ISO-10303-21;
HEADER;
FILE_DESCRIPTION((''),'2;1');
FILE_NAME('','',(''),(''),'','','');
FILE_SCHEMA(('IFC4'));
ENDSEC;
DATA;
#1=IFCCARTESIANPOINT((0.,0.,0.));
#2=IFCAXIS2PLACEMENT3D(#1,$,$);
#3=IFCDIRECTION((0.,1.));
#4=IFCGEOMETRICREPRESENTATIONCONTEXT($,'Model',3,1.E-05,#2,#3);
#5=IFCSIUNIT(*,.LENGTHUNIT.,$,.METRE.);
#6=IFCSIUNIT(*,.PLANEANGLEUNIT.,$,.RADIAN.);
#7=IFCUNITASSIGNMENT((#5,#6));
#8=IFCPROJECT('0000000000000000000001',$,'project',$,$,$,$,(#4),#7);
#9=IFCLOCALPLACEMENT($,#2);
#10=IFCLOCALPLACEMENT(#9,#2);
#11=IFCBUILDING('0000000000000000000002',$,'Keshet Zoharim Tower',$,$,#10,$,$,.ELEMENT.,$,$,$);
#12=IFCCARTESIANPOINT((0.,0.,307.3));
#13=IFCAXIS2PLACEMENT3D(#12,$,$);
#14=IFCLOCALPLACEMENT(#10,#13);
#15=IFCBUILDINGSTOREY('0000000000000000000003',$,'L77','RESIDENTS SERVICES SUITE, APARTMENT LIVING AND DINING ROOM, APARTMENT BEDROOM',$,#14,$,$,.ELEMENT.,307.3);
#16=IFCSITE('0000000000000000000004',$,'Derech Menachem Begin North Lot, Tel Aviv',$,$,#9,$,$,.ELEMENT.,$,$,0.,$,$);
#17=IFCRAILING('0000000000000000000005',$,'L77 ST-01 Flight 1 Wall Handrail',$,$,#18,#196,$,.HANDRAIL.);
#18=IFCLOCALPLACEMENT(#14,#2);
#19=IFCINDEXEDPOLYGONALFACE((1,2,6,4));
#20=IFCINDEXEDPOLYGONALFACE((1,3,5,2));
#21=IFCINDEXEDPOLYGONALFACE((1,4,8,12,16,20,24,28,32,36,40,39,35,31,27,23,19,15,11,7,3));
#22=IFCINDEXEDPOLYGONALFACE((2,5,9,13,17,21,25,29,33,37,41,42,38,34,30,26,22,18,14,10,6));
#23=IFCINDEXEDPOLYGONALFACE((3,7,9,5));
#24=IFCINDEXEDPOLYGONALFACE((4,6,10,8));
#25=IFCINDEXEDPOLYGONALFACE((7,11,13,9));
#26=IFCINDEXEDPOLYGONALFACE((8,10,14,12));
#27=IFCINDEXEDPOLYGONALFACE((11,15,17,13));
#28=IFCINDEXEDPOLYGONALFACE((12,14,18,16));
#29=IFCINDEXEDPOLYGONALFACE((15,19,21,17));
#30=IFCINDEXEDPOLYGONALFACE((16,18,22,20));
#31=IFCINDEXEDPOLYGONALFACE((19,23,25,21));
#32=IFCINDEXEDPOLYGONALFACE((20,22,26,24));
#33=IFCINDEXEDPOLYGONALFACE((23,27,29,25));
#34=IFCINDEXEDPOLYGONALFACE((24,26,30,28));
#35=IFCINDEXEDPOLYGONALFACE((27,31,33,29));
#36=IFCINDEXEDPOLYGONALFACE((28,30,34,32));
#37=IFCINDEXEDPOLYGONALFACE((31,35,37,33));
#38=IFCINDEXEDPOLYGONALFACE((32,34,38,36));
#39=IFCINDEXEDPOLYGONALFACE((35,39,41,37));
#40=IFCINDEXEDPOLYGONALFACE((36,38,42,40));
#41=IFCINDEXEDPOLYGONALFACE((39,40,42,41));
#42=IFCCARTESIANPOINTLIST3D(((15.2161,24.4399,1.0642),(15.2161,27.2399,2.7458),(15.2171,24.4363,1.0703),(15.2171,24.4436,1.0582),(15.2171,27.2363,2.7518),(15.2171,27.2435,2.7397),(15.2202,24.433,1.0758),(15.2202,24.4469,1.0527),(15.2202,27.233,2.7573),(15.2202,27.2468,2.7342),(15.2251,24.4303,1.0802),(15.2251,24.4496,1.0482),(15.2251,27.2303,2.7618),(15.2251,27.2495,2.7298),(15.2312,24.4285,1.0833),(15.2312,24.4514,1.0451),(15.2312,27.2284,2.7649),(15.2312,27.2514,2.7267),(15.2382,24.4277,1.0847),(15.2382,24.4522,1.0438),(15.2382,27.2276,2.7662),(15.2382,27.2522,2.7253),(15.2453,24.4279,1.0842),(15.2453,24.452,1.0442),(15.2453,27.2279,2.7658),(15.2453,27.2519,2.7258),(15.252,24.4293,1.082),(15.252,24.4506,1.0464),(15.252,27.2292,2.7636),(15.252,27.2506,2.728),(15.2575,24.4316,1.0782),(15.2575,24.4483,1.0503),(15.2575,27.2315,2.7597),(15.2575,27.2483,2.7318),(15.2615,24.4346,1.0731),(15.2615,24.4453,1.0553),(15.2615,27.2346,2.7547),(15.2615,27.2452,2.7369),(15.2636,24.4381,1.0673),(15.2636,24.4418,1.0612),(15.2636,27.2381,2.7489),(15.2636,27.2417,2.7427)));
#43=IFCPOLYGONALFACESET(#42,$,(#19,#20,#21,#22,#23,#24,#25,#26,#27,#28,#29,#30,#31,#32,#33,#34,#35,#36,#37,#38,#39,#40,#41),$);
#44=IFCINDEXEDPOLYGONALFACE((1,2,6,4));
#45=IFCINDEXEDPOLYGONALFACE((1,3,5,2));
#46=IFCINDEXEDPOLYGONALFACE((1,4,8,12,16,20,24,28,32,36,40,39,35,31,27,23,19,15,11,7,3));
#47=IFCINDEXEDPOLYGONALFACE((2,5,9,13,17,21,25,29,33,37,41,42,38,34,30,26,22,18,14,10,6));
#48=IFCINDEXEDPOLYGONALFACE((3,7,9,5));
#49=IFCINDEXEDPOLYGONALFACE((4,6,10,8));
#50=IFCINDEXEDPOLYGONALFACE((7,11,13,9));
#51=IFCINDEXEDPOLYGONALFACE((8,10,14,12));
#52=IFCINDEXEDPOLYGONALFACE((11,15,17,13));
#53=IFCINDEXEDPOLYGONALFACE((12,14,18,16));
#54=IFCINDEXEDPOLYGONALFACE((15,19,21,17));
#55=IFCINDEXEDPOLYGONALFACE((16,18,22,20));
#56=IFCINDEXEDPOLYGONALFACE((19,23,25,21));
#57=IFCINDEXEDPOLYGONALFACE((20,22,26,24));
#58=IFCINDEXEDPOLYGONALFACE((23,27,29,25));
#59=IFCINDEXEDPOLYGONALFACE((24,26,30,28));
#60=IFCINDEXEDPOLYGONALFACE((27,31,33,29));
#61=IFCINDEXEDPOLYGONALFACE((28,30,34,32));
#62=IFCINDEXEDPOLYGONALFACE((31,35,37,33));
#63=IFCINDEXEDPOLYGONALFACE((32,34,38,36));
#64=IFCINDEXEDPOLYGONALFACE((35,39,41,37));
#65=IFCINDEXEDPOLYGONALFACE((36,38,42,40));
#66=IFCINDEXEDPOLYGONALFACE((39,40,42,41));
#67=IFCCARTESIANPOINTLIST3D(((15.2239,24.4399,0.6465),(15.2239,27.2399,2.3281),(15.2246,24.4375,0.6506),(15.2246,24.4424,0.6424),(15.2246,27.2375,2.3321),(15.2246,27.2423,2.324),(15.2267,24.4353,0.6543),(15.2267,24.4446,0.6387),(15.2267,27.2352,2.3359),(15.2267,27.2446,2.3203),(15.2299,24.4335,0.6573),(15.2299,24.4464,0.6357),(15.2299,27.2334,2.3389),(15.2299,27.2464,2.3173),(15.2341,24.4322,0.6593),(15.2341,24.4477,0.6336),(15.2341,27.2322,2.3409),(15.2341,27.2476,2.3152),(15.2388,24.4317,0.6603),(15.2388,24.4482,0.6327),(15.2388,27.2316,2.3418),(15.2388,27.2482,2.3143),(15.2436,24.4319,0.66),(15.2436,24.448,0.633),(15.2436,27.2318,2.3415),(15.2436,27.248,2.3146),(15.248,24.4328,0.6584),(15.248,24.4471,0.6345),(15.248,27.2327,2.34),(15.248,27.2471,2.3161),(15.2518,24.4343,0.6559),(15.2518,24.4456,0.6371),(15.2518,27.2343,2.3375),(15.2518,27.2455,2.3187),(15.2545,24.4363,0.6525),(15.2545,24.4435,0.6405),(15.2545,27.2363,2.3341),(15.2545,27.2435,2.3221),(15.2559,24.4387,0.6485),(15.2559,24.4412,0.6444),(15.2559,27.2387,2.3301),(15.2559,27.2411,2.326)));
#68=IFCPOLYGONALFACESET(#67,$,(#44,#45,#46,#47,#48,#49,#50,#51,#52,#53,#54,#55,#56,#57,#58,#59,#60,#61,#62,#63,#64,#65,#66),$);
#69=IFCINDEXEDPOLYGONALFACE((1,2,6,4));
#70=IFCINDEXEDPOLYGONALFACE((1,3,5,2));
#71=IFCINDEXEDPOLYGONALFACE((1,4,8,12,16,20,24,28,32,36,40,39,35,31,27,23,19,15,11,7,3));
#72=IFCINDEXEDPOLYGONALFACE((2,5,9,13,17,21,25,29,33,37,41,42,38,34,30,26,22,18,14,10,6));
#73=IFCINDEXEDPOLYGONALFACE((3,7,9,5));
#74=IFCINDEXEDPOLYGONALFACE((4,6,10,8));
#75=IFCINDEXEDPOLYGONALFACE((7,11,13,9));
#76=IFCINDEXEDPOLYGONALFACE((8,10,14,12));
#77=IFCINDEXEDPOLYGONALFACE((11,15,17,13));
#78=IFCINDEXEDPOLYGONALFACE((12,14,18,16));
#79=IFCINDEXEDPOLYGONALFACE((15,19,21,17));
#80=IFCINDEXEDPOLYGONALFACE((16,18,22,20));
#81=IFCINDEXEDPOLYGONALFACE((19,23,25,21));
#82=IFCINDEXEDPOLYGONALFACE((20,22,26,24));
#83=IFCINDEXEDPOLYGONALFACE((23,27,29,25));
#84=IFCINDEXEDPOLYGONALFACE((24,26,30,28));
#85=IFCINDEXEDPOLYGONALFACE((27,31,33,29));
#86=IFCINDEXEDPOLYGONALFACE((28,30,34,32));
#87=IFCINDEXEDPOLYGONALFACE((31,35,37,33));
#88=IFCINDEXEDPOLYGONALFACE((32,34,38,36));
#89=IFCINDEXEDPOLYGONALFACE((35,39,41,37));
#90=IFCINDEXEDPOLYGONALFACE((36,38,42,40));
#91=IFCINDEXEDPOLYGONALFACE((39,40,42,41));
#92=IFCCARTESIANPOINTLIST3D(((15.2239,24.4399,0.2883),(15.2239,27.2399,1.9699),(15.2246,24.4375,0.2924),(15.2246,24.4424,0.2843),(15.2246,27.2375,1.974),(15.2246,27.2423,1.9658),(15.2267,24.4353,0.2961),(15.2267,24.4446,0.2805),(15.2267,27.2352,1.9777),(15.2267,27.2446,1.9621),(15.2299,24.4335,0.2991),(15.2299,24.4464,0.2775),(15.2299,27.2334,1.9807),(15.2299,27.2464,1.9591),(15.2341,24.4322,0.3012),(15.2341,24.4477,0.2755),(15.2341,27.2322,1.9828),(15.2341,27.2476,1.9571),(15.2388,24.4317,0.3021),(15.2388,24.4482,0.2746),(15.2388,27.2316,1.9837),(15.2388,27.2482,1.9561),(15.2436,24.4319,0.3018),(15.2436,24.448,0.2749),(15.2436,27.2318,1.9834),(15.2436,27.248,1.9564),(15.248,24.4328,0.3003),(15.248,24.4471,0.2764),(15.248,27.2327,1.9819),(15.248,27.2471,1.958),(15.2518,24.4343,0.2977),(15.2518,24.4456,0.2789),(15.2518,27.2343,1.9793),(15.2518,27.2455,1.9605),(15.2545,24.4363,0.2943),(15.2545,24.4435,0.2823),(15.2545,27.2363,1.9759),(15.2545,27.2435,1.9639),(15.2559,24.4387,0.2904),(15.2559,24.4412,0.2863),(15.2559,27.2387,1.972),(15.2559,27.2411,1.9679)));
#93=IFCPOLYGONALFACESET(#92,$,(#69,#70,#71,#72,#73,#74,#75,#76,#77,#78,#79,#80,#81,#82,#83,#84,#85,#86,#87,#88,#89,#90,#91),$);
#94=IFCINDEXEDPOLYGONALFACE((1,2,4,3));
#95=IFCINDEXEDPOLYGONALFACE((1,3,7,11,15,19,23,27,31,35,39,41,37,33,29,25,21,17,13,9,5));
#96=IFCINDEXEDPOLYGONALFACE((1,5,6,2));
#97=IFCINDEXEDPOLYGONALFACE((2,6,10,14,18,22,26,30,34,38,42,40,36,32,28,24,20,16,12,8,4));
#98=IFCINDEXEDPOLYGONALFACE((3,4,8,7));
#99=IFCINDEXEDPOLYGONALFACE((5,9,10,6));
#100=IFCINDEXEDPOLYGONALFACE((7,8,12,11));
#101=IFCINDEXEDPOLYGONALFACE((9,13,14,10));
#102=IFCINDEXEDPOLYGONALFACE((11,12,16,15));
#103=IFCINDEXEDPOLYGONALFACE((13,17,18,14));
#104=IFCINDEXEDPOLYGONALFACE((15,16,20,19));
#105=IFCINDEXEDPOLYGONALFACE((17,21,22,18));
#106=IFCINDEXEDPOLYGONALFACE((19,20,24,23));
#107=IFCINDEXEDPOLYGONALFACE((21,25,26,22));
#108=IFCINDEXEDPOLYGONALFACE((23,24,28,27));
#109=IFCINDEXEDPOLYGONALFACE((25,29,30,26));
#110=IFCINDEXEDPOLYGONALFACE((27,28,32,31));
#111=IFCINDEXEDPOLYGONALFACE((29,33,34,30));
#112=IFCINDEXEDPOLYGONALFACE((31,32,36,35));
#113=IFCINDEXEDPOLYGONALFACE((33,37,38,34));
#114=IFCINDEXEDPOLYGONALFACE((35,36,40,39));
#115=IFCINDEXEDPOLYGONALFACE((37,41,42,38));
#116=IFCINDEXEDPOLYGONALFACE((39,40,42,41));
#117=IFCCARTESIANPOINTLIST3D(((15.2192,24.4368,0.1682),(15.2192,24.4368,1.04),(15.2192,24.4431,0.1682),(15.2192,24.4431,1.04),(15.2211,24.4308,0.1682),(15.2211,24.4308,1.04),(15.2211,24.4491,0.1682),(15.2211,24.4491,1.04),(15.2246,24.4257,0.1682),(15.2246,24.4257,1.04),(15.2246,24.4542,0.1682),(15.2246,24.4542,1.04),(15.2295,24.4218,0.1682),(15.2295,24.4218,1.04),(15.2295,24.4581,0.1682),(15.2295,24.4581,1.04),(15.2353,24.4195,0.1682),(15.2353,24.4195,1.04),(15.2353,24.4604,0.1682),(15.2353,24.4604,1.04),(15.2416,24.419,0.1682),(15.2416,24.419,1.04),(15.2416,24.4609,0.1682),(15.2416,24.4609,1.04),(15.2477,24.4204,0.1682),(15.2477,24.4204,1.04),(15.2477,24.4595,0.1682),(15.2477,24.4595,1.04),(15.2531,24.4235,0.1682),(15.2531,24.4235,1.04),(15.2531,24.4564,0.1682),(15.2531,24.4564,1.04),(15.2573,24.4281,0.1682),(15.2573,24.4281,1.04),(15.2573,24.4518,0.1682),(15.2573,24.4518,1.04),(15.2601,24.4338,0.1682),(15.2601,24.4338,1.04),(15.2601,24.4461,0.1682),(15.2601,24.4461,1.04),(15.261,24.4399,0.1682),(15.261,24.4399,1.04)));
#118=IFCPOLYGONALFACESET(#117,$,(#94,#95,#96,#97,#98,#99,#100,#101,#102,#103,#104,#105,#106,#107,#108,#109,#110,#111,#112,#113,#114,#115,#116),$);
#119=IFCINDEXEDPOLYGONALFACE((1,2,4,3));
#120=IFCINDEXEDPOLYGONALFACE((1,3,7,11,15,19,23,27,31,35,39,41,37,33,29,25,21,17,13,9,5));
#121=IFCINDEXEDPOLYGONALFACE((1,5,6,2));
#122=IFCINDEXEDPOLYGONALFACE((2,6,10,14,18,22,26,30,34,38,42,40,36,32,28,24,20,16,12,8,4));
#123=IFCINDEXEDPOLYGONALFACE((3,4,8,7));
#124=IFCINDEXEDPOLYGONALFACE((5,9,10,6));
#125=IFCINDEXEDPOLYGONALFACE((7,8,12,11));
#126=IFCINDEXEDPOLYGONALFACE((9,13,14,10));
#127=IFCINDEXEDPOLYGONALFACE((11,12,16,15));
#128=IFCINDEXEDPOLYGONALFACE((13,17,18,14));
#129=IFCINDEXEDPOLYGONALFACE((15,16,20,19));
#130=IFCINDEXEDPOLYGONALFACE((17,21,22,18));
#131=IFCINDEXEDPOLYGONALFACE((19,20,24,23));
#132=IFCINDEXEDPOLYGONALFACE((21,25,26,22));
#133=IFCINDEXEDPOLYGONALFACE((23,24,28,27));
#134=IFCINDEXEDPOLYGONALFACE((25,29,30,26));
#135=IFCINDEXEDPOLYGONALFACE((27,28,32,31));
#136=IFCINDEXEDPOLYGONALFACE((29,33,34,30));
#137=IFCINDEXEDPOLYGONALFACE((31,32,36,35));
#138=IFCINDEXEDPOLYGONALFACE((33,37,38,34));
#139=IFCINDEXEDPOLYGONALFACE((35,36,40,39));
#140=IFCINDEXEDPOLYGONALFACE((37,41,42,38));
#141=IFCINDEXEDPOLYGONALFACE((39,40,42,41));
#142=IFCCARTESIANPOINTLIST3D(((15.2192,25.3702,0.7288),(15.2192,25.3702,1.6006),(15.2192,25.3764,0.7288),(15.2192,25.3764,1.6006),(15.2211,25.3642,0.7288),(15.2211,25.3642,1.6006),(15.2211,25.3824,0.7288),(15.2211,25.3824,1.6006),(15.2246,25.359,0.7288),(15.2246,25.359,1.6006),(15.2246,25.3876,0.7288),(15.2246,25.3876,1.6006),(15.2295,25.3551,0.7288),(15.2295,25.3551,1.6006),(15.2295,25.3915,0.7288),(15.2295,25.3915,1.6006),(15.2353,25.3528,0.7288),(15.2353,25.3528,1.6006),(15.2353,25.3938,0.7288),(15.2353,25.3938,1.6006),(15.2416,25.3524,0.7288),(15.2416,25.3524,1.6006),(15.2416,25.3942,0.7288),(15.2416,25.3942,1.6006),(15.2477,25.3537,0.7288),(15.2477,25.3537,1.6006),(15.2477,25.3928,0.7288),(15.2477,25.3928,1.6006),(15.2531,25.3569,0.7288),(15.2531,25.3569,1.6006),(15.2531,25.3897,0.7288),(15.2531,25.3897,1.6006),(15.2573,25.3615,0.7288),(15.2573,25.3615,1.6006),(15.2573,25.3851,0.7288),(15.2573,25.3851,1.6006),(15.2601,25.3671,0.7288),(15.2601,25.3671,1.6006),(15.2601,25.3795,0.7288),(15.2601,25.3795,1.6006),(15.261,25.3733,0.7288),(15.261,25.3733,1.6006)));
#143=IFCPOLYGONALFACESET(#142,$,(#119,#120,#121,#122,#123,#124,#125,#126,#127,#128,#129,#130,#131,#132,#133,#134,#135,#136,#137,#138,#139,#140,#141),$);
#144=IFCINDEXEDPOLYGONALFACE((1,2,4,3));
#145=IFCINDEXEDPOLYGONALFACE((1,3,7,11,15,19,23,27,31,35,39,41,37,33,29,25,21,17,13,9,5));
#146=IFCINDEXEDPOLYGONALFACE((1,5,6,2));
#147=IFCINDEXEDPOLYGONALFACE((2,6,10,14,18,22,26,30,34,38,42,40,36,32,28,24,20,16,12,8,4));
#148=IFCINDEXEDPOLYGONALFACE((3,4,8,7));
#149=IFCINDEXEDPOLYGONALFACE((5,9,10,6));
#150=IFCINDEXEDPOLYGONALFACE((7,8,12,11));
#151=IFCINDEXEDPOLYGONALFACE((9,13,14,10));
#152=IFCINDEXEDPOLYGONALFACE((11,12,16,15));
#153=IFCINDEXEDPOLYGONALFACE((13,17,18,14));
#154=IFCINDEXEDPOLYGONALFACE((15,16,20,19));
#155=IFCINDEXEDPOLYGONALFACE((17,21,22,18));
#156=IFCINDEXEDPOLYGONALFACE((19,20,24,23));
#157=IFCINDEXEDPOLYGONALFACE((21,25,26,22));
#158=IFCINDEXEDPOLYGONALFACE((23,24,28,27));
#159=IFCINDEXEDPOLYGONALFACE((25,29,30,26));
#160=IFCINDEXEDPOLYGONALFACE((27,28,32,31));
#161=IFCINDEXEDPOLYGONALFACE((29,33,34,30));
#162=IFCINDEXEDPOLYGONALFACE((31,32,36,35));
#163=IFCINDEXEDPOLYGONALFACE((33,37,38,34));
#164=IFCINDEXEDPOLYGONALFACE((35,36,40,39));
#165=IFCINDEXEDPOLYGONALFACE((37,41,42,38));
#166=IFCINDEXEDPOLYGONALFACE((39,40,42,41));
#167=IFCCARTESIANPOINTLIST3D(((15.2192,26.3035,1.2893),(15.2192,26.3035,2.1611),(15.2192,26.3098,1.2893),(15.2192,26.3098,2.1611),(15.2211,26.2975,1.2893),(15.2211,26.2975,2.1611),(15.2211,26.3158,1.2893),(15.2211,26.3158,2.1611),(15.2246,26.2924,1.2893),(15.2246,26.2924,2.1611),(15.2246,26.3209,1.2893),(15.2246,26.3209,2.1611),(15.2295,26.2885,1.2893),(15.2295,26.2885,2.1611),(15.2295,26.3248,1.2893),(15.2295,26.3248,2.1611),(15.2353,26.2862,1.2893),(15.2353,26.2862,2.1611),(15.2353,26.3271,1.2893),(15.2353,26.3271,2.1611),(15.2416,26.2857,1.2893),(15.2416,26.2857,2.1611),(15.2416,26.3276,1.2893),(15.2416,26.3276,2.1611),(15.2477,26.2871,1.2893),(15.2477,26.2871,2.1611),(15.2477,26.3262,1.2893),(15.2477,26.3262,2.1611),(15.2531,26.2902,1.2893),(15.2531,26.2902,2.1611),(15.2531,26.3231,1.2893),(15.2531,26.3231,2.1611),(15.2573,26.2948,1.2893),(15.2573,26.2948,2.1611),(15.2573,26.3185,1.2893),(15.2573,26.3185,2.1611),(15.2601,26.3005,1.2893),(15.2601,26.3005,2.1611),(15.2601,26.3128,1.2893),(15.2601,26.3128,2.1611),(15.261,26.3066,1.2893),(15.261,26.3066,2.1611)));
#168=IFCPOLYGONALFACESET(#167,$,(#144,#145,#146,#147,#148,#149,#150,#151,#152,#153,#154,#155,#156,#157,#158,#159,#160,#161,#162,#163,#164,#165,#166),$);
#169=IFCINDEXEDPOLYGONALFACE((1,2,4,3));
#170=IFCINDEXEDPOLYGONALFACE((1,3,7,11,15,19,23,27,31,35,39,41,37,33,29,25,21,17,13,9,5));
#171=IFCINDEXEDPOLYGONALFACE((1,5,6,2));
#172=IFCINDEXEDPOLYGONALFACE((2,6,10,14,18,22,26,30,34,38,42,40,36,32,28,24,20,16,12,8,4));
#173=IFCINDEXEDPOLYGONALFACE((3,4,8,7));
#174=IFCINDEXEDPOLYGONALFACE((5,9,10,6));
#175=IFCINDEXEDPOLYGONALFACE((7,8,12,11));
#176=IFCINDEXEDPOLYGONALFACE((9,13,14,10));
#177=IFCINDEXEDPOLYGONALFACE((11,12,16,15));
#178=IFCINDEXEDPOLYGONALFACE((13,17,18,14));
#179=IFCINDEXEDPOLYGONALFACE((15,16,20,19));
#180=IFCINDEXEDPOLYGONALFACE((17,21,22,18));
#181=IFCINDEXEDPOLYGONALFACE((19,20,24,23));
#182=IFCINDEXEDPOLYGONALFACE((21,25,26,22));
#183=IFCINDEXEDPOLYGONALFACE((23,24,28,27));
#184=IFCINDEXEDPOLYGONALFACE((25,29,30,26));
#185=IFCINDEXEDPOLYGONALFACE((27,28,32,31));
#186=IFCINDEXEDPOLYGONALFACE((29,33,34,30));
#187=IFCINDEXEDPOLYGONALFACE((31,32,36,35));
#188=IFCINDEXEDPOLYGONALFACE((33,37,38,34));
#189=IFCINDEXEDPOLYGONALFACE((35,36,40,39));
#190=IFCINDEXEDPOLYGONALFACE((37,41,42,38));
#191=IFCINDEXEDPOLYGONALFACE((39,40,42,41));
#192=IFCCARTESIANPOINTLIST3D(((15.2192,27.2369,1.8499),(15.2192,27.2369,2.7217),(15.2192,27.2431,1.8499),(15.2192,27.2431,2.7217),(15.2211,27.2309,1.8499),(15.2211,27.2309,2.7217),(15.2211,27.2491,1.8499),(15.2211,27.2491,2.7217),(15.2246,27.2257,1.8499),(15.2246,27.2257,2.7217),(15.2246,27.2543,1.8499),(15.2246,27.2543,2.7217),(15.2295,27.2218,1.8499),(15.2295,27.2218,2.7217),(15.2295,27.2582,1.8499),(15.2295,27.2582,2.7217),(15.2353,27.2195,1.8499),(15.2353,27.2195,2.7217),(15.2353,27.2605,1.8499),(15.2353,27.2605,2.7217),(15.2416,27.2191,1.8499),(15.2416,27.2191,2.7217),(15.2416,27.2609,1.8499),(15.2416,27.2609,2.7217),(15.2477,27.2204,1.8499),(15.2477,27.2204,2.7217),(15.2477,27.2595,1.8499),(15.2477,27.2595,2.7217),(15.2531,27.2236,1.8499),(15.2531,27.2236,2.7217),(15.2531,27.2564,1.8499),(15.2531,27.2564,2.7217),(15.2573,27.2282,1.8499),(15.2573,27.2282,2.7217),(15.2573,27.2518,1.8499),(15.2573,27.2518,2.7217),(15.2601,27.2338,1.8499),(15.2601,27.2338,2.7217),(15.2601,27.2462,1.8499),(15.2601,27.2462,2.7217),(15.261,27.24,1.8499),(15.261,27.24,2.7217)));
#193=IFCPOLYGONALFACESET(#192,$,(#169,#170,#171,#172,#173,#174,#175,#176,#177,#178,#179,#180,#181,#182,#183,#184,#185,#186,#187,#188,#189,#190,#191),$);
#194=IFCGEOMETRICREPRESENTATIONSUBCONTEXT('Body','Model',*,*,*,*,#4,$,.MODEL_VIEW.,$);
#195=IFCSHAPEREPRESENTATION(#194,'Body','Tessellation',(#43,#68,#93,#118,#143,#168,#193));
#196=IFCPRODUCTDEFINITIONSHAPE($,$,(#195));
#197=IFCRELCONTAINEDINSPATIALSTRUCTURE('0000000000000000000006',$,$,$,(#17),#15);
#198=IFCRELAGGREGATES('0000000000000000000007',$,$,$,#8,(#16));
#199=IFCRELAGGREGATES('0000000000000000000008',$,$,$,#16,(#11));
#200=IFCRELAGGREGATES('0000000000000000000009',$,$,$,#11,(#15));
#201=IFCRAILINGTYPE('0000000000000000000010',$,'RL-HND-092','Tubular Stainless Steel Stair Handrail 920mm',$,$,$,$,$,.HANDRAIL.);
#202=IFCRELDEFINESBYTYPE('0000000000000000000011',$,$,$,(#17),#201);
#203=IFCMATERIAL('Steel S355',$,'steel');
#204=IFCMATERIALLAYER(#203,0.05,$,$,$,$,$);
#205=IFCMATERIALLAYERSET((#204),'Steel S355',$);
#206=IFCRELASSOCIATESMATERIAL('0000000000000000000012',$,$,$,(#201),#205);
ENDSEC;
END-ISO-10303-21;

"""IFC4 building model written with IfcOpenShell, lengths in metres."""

from ifc_helpers import new_model, si_unit, direction, frame, origin, origin_2d, place, context, subcontext, project, spatial, circle, extrude, material, layer, layer_set, type_object, element, save


model = new_model("IFC4")

# Units and contexts
model_context = context("Model", 3, precision=1e-05, world=origin(), true_north=direction((0.0, 1.0)))
body_context = subcontext(model_context, "Body", "Model", "MODEL_VIEW")
ifc_project = project(units=[si_unit("LENGTHUNIT", "METRE"), si_unit("PLANEANGLEUNIT", "RADIAN")], contexts=[model_context])

# Site, building, storey
site_placement = place(None, origin())
site = spatial("IfcSite", under=ifc_project, at=site_placement, Name="Derech Menachem Begin North Lot, Tel Aviv", CompositionType="ELEMENT", RefElevation=0.0)
building_placement = place(site_placement, origin())
building = spatial("IfcBuilding", under=site, at=building_placement, Name="Keshet Zoharim Tower", CompositionType="ELEMENT")
storey_placement = place(building_placement, frame((0.0, 0.0, 307.3)))
storey = spatial("IfcBuildingStorey", under=building, at=storey_placement, Name="L77", Description="RESIDENTS SERVICES SUITE, APARTMENT LIVING AND DINING ROOM, APARTMENT BEDROOM", CompositionType="ELEMENT", Elevation=307.3)

# Shared definitions
ifc_material_1 = material(Name="Steel S355", Category="steel")

# Railing
ifc_layer_1 = layer(ifc_material_1, 0.05)
ifc_layer_set_1 = layer_set([ifc_layer_1], Name="Steel S355")
railing_type_1 = type_object("IfcRailingType", Name="RL-HND-092", Description="Tubular Stainless Steel Stair Handrail 920mm", PredefinedType="HANDRAIL", material=ifc_layer_set_1)
railing_1_placement = place(storey_placement, frame((15.24, 24.4399, 0.1682)))
element("IfcRailing", 1, at=railing_1_placement, inside=storey, type_object=railing_type_1, Name="L77 ST-01 Flight 1 Wall Handrail", PredefinedType="HANDRAIL", context=body_context, shape_type="SweptSolid", body=[
    extrude(circle(Radius=0.0239, at=origin_2d()), frame((0.0, 0.0, 0.896), z_axis=(0.0, 0.857275, 0.514858), x_axis=(-1.0, 0.0, 0.0)), (0.0, 0.0, 1.0), 3.2661),
    extrude(circle(Radius=0.0161, at=origin_2d()), frame((0.0, 0.0, 0.4783), z_axis=(0.0, 0.857275, 0.514858), x_axis=(-1.0, 0.0, 0.0)), (0.0, 0.0, 1.0), 3.2661),
    extrude(circle(Radius=0.0161, at=origin_2d()), frame((0.0, 0.0, 0.1201), z_axis=(0.0, 0.857275, 0.514858), x_axis=(-1.0, 0.0, 0.0)), (0.0, 0.0, 1.0), 3.2661),
    extrude(circle(Radius=0.021, at=origin_2d()), origin(), (0.0, 0.0, 1.0), 0.8718),
    extrude(circle(Radius=0.021, at=origin_2d()), frame((0.0, 0.9333, 0.5605)), (0.0, 0.0, 1.0), 0.8718),
    extrude(circle(Radius=0.021, at=origin_2d()), frame((0.0, 1.8667, 1.1211)), (0.0, 0.0, 1.0), 0.8718),
    extrude(circle(Radius=0.021, at=origin_2d()), frame((0.0, 2.8, 1.6816)), (0.0, 0.0, 1.0), 0.8718),
])

save(model, "model.ifc")
